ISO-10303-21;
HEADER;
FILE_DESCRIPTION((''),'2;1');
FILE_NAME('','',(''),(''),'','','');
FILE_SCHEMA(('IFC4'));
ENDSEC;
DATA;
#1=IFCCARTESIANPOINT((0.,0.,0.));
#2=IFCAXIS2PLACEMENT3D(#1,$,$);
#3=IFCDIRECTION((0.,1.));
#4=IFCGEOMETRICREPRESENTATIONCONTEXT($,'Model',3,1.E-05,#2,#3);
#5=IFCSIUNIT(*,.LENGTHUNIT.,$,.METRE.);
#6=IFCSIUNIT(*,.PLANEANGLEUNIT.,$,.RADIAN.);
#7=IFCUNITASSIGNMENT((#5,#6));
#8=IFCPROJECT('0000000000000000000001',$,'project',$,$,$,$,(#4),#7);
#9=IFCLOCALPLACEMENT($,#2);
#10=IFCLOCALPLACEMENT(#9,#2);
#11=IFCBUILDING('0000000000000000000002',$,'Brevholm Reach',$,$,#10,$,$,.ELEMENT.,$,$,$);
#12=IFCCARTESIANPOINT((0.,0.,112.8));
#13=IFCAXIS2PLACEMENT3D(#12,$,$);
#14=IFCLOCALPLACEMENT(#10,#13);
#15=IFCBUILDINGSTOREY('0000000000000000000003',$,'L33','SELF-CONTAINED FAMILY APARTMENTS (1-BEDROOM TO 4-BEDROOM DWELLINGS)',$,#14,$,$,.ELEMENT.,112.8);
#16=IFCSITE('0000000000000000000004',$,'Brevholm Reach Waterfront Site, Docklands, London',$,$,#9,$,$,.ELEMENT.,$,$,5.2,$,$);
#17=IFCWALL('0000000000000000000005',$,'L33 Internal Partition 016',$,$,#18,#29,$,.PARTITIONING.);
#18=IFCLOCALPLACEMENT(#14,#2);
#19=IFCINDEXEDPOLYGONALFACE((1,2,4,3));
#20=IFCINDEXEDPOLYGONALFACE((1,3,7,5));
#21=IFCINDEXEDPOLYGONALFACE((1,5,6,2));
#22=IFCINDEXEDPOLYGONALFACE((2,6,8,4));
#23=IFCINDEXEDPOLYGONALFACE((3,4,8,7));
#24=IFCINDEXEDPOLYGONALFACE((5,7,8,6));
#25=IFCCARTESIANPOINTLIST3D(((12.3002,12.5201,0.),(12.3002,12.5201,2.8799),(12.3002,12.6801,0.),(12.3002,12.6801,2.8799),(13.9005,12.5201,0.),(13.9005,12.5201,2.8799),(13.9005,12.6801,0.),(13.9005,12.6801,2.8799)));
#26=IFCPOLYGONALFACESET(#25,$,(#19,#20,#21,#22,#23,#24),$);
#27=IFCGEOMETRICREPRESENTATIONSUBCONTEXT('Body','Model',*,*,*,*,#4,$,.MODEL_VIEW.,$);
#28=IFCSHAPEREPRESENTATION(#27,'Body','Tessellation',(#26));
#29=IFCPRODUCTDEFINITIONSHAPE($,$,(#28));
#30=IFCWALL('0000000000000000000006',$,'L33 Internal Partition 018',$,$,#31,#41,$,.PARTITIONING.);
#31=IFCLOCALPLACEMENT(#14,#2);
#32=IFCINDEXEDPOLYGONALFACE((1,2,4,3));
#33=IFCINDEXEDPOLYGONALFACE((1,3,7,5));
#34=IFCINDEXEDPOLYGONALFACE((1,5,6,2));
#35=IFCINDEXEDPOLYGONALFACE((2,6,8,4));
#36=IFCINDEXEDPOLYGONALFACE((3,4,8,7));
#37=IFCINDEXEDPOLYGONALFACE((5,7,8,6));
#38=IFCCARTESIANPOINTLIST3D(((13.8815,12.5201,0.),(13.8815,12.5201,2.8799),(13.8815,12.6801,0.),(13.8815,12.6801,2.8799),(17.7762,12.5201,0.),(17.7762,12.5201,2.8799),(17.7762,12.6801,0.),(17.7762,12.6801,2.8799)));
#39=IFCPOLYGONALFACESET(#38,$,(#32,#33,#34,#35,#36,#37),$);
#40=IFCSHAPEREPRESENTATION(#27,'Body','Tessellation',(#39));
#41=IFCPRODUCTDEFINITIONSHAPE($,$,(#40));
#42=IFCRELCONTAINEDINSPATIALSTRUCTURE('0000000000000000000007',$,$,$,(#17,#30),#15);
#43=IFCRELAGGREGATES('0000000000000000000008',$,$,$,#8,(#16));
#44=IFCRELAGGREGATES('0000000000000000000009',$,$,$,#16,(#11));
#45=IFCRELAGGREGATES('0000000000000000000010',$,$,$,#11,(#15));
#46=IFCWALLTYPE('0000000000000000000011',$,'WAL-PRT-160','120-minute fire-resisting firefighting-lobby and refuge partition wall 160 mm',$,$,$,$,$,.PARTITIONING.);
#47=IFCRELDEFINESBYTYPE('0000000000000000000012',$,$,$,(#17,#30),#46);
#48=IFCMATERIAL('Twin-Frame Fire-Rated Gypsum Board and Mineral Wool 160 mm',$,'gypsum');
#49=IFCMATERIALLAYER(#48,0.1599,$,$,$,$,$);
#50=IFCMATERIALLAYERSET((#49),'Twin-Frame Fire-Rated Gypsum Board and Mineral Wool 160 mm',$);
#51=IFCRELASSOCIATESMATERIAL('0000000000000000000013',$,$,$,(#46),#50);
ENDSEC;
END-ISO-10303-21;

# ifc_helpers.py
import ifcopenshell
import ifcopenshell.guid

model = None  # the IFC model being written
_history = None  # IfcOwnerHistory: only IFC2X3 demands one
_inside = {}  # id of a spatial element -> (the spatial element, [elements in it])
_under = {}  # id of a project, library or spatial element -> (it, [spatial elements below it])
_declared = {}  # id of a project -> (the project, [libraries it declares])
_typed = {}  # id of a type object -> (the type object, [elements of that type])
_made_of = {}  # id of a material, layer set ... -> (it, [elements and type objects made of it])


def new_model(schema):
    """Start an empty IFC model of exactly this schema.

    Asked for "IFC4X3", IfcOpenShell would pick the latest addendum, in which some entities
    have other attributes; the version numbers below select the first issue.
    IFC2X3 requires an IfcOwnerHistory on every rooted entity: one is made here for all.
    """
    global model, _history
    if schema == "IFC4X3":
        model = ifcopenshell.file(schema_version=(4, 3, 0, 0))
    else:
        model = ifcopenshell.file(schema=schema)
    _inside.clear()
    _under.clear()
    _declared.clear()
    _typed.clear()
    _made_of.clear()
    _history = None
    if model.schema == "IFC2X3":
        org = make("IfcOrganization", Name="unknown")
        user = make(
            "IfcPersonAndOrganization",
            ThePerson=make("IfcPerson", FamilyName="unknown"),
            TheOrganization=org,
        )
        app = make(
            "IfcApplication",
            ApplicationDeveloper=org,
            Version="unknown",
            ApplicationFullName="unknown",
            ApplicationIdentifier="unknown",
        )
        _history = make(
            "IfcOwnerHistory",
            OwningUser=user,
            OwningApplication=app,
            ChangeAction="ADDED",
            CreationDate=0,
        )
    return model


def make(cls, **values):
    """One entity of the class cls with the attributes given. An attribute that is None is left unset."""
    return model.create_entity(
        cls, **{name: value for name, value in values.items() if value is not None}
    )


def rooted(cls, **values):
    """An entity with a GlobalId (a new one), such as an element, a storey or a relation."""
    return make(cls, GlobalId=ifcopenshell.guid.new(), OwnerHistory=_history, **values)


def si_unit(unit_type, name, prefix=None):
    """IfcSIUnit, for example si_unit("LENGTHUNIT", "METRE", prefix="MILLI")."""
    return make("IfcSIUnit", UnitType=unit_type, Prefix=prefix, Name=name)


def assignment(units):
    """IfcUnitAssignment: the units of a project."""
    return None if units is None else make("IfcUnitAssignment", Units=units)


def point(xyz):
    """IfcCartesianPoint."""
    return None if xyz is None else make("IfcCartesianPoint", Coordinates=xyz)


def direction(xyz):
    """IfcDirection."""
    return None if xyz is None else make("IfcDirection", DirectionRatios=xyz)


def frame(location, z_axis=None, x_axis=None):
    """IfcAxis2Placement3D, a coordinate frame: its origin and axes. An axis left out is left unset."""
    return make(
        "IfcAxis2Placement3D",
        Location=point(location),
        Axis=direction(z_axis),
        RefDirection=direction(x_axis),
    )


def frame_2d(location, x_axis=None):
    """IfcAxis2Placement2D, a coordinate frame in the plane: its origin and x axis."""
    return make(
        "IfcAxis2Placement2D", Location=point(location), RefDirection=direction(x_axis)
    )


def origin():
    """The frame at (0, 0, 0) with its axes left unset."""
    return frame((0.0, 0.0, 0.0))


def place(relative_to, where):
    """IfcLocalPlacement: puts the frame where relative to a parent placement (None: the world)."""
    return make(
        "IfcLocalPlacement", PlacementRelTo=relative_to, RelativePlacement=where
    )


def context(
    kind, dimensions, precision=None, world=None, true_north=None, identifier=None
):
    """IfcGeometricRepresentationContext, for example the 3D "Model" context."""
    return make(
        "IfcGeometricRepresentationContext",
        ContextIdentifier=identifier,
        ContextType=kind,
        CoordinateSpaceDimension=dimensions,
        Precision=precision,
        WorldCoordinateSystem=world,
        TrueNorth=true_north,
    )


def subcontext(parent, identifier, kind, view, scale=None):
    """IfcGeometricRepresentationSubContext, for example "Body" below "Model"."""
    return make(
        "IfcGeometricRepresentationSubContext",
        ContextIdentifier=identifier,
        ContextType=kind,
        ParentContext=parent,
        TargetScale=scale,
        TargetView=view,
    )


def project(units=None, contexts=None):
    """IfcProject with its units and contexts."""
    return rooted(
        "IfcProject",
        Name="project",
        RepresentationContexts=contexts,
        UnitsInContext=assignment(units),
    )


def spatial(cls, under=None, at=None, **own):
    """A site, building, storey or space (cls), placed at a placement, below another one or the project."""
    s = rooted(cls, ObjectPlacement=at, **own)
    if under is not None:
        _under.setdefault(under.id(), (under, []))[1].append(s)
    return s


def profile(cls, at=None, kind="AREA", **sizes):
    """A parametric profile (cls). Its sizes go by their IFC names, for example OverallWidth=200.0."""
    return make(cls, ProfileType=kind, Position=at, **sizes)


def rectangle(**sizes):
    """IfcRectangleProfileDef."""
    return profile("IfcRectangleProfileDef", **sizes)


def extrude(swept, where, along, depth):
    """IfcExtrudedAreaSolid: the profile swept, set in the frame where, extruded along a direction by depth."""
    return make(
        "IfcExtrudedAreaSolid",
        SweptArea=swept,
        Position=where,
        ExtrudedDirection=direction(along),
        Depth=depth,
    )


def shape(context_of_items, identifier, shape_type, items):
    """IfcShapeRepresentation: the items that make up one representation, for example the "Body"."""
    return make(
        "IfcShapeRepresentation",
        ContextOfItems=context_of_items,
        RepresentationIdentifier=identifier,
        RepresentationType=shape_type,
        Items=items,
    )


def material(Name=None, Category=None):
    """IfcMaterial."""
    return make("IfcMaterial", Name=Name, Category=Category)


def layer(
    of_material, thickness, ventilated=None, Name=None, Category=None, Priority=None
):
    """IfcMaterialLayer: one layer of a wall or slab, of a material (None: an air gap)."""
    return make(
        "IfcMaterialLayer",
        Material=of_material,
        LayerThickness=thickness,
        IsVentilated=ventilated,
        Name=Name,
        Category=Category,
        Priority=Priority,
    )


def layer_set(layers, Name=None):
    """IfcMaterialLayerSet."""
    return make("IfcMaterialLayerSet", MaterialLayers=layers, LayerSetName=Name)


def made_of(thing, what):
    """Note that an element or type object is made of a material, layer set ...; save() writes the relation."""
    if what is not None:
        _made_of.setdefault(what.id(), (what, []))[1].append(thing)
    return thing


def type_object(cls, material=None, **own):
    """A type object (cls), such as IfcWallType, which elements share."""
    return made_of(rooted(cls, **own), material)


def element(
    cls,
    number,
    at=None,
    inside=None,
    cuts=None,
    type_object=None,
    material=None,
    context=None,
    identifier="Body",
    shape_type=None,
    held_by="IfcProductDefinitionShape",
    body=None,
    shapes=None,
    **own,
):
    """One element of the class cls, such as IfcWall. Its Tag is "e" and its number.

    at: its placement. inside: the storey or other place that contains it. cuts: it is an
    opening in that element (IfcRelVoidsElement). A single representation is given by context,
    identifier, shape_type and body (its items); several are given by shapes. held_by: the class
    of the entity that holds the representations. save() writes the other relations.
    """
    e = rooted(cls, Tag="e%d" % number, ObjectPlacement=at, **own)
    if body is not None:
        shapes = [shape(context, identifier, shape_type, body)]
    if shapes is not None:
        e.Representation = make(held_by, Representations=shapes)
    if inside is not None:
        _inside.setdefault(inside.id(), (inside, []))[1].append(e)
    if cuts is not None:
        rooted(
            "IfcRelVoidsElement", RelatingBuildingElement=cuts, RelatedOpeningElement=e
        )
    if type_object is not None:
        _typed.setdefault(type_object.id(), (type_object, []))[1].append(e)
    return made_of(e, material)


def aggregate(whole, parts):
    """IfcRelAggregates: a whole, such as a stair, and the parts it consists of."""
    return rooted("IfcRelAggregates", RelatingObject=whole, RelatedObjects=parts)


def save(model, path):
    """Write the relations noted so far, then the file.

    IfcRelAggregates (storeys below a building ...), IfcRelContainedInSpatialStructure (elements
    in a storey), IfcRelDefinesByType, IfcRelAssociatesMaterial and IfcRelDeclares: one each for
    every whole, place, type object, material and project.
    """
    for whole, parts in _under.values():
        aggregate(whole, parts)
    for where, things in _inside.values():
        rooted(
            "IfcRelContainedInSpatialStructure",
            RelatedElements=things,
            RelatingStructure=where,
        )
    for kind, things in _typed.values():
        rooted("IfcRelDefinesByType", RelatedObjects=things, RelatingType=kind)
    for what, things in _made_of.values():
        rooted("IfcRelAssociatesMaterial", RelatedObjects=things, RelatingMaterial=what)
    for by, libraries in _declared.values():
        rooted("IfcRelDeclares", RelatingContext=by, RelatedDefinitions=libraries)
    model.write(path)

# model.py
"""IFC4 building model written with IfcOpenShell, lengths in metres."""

from ifc_helpers import new_model, si_unit, direction, frame, frame_2d, origin, place, context, subcontext, project, spatial, rectangle, extrude, material, layer, layer_set, type_object, element, save


model = new_model("IFC4")

# Units and contexts
model_context = context("Model", 3, precision=1e-05, world=origin(), true_north=direction((0.0, 1.0)))
body_context = subcontext(model_context, "Body", "Model", "MODEL_VIEW")
ifc_project = project(units=[si_unit("LENGTHUNIT", "METRE"), si_unit("PLANEANGLEUNIT", "RADIAN")], contexts=[model_context])

# Site, building, storey
site_placement = place(None, origin())
site = spatial("IfcSite", under=ifc_project, at=site_placement, Name="Brevholm Reach Waterfront Site, Docklands, London", CompositionType="ELEMENT", RefElevation=5.2)
building_placement = place(site_placement, origin())
building = spatial("IfcBuilding", under=site, at=building_placement, Name="Brevholm Reach", CompositionType="ELEMENT")
storey_placement = place(building_placement, frame((0.0, 0.0, 112.8)))
storey = spatial("IfcBuildingStorey", under=building, at=storey_placement, Name="L33", Description="SELF-CONTAINED FAMILY APARTMENTS (1-BEDROOM TO 4-BEDROOM DWELLINGS)", CompositionType="ELEMENT", Elevation=112.8)

# Shared definitions
ifc_material_1 = material(Name="Twin-Frame Fire-Rated Gypsum Board and Mineral Wool 160 mm", Category="gypsum")
ifc_layer_1 = layer(ifc_material_1, 0.1599)
ifc_layer_set_1 = layer_set([ifc_layer_1], Name="Twin-Frame Fire-Rated Gypsum Board and Mineral Wool 160 mm")
wall_type_1 = type_object("IfcWallType", Name="WAL-PRT-160", Description="120-minute fire-resisting firefighting-lobby and refuge partition wall 160 mm", PredefinedType="PARTITIONING", material=ifc_layer_set_1)

# Walls
wall_1_placement = place(storey_placement, frame((12.3, 12.6001, 0.0), z_axis=(0.0, 0.0, 1.0), x_axis=(1.0, 0.0, 0.0)))
element("IfcWall", 1, at=wall_1_placement, inside=storey, type_object=wall_type_1, Name="L33 Internal Partition 016", PredefinedType="PARTITIONING", context=body_context, shape_type="SweptSolid", body=[
    extrude(rectangle(XDim=1.6003, YDim=0.1599, at=frame_2d((0.8003, 0.0))), origin(), (0.0, 0.0, 1.0), 2.8799),
])
wall_2_placement = place(storey_placement, frame((13.8816, 12.6001, 0.0), z_axis=(0.0, 0.0, 1.0), x_axis=(1.0, 0.0, 0.0)))
element("IfcWall", 2, at=wall_2_placement, inside=storey, type_object=wall_type_1, Name="L33 Internal Partition 018", PredefinedType="PARTITIONING", context=body_context, shape_type="SweptSolid", body=[
    extrude(rectangle(XDim=3.8948, YDim=0.1599, at=frame_2d((1.9473, 0.0))), origin(), (0.0, 0.0, 1.0), 2.8799),
])

save(model, "model.ifc")
